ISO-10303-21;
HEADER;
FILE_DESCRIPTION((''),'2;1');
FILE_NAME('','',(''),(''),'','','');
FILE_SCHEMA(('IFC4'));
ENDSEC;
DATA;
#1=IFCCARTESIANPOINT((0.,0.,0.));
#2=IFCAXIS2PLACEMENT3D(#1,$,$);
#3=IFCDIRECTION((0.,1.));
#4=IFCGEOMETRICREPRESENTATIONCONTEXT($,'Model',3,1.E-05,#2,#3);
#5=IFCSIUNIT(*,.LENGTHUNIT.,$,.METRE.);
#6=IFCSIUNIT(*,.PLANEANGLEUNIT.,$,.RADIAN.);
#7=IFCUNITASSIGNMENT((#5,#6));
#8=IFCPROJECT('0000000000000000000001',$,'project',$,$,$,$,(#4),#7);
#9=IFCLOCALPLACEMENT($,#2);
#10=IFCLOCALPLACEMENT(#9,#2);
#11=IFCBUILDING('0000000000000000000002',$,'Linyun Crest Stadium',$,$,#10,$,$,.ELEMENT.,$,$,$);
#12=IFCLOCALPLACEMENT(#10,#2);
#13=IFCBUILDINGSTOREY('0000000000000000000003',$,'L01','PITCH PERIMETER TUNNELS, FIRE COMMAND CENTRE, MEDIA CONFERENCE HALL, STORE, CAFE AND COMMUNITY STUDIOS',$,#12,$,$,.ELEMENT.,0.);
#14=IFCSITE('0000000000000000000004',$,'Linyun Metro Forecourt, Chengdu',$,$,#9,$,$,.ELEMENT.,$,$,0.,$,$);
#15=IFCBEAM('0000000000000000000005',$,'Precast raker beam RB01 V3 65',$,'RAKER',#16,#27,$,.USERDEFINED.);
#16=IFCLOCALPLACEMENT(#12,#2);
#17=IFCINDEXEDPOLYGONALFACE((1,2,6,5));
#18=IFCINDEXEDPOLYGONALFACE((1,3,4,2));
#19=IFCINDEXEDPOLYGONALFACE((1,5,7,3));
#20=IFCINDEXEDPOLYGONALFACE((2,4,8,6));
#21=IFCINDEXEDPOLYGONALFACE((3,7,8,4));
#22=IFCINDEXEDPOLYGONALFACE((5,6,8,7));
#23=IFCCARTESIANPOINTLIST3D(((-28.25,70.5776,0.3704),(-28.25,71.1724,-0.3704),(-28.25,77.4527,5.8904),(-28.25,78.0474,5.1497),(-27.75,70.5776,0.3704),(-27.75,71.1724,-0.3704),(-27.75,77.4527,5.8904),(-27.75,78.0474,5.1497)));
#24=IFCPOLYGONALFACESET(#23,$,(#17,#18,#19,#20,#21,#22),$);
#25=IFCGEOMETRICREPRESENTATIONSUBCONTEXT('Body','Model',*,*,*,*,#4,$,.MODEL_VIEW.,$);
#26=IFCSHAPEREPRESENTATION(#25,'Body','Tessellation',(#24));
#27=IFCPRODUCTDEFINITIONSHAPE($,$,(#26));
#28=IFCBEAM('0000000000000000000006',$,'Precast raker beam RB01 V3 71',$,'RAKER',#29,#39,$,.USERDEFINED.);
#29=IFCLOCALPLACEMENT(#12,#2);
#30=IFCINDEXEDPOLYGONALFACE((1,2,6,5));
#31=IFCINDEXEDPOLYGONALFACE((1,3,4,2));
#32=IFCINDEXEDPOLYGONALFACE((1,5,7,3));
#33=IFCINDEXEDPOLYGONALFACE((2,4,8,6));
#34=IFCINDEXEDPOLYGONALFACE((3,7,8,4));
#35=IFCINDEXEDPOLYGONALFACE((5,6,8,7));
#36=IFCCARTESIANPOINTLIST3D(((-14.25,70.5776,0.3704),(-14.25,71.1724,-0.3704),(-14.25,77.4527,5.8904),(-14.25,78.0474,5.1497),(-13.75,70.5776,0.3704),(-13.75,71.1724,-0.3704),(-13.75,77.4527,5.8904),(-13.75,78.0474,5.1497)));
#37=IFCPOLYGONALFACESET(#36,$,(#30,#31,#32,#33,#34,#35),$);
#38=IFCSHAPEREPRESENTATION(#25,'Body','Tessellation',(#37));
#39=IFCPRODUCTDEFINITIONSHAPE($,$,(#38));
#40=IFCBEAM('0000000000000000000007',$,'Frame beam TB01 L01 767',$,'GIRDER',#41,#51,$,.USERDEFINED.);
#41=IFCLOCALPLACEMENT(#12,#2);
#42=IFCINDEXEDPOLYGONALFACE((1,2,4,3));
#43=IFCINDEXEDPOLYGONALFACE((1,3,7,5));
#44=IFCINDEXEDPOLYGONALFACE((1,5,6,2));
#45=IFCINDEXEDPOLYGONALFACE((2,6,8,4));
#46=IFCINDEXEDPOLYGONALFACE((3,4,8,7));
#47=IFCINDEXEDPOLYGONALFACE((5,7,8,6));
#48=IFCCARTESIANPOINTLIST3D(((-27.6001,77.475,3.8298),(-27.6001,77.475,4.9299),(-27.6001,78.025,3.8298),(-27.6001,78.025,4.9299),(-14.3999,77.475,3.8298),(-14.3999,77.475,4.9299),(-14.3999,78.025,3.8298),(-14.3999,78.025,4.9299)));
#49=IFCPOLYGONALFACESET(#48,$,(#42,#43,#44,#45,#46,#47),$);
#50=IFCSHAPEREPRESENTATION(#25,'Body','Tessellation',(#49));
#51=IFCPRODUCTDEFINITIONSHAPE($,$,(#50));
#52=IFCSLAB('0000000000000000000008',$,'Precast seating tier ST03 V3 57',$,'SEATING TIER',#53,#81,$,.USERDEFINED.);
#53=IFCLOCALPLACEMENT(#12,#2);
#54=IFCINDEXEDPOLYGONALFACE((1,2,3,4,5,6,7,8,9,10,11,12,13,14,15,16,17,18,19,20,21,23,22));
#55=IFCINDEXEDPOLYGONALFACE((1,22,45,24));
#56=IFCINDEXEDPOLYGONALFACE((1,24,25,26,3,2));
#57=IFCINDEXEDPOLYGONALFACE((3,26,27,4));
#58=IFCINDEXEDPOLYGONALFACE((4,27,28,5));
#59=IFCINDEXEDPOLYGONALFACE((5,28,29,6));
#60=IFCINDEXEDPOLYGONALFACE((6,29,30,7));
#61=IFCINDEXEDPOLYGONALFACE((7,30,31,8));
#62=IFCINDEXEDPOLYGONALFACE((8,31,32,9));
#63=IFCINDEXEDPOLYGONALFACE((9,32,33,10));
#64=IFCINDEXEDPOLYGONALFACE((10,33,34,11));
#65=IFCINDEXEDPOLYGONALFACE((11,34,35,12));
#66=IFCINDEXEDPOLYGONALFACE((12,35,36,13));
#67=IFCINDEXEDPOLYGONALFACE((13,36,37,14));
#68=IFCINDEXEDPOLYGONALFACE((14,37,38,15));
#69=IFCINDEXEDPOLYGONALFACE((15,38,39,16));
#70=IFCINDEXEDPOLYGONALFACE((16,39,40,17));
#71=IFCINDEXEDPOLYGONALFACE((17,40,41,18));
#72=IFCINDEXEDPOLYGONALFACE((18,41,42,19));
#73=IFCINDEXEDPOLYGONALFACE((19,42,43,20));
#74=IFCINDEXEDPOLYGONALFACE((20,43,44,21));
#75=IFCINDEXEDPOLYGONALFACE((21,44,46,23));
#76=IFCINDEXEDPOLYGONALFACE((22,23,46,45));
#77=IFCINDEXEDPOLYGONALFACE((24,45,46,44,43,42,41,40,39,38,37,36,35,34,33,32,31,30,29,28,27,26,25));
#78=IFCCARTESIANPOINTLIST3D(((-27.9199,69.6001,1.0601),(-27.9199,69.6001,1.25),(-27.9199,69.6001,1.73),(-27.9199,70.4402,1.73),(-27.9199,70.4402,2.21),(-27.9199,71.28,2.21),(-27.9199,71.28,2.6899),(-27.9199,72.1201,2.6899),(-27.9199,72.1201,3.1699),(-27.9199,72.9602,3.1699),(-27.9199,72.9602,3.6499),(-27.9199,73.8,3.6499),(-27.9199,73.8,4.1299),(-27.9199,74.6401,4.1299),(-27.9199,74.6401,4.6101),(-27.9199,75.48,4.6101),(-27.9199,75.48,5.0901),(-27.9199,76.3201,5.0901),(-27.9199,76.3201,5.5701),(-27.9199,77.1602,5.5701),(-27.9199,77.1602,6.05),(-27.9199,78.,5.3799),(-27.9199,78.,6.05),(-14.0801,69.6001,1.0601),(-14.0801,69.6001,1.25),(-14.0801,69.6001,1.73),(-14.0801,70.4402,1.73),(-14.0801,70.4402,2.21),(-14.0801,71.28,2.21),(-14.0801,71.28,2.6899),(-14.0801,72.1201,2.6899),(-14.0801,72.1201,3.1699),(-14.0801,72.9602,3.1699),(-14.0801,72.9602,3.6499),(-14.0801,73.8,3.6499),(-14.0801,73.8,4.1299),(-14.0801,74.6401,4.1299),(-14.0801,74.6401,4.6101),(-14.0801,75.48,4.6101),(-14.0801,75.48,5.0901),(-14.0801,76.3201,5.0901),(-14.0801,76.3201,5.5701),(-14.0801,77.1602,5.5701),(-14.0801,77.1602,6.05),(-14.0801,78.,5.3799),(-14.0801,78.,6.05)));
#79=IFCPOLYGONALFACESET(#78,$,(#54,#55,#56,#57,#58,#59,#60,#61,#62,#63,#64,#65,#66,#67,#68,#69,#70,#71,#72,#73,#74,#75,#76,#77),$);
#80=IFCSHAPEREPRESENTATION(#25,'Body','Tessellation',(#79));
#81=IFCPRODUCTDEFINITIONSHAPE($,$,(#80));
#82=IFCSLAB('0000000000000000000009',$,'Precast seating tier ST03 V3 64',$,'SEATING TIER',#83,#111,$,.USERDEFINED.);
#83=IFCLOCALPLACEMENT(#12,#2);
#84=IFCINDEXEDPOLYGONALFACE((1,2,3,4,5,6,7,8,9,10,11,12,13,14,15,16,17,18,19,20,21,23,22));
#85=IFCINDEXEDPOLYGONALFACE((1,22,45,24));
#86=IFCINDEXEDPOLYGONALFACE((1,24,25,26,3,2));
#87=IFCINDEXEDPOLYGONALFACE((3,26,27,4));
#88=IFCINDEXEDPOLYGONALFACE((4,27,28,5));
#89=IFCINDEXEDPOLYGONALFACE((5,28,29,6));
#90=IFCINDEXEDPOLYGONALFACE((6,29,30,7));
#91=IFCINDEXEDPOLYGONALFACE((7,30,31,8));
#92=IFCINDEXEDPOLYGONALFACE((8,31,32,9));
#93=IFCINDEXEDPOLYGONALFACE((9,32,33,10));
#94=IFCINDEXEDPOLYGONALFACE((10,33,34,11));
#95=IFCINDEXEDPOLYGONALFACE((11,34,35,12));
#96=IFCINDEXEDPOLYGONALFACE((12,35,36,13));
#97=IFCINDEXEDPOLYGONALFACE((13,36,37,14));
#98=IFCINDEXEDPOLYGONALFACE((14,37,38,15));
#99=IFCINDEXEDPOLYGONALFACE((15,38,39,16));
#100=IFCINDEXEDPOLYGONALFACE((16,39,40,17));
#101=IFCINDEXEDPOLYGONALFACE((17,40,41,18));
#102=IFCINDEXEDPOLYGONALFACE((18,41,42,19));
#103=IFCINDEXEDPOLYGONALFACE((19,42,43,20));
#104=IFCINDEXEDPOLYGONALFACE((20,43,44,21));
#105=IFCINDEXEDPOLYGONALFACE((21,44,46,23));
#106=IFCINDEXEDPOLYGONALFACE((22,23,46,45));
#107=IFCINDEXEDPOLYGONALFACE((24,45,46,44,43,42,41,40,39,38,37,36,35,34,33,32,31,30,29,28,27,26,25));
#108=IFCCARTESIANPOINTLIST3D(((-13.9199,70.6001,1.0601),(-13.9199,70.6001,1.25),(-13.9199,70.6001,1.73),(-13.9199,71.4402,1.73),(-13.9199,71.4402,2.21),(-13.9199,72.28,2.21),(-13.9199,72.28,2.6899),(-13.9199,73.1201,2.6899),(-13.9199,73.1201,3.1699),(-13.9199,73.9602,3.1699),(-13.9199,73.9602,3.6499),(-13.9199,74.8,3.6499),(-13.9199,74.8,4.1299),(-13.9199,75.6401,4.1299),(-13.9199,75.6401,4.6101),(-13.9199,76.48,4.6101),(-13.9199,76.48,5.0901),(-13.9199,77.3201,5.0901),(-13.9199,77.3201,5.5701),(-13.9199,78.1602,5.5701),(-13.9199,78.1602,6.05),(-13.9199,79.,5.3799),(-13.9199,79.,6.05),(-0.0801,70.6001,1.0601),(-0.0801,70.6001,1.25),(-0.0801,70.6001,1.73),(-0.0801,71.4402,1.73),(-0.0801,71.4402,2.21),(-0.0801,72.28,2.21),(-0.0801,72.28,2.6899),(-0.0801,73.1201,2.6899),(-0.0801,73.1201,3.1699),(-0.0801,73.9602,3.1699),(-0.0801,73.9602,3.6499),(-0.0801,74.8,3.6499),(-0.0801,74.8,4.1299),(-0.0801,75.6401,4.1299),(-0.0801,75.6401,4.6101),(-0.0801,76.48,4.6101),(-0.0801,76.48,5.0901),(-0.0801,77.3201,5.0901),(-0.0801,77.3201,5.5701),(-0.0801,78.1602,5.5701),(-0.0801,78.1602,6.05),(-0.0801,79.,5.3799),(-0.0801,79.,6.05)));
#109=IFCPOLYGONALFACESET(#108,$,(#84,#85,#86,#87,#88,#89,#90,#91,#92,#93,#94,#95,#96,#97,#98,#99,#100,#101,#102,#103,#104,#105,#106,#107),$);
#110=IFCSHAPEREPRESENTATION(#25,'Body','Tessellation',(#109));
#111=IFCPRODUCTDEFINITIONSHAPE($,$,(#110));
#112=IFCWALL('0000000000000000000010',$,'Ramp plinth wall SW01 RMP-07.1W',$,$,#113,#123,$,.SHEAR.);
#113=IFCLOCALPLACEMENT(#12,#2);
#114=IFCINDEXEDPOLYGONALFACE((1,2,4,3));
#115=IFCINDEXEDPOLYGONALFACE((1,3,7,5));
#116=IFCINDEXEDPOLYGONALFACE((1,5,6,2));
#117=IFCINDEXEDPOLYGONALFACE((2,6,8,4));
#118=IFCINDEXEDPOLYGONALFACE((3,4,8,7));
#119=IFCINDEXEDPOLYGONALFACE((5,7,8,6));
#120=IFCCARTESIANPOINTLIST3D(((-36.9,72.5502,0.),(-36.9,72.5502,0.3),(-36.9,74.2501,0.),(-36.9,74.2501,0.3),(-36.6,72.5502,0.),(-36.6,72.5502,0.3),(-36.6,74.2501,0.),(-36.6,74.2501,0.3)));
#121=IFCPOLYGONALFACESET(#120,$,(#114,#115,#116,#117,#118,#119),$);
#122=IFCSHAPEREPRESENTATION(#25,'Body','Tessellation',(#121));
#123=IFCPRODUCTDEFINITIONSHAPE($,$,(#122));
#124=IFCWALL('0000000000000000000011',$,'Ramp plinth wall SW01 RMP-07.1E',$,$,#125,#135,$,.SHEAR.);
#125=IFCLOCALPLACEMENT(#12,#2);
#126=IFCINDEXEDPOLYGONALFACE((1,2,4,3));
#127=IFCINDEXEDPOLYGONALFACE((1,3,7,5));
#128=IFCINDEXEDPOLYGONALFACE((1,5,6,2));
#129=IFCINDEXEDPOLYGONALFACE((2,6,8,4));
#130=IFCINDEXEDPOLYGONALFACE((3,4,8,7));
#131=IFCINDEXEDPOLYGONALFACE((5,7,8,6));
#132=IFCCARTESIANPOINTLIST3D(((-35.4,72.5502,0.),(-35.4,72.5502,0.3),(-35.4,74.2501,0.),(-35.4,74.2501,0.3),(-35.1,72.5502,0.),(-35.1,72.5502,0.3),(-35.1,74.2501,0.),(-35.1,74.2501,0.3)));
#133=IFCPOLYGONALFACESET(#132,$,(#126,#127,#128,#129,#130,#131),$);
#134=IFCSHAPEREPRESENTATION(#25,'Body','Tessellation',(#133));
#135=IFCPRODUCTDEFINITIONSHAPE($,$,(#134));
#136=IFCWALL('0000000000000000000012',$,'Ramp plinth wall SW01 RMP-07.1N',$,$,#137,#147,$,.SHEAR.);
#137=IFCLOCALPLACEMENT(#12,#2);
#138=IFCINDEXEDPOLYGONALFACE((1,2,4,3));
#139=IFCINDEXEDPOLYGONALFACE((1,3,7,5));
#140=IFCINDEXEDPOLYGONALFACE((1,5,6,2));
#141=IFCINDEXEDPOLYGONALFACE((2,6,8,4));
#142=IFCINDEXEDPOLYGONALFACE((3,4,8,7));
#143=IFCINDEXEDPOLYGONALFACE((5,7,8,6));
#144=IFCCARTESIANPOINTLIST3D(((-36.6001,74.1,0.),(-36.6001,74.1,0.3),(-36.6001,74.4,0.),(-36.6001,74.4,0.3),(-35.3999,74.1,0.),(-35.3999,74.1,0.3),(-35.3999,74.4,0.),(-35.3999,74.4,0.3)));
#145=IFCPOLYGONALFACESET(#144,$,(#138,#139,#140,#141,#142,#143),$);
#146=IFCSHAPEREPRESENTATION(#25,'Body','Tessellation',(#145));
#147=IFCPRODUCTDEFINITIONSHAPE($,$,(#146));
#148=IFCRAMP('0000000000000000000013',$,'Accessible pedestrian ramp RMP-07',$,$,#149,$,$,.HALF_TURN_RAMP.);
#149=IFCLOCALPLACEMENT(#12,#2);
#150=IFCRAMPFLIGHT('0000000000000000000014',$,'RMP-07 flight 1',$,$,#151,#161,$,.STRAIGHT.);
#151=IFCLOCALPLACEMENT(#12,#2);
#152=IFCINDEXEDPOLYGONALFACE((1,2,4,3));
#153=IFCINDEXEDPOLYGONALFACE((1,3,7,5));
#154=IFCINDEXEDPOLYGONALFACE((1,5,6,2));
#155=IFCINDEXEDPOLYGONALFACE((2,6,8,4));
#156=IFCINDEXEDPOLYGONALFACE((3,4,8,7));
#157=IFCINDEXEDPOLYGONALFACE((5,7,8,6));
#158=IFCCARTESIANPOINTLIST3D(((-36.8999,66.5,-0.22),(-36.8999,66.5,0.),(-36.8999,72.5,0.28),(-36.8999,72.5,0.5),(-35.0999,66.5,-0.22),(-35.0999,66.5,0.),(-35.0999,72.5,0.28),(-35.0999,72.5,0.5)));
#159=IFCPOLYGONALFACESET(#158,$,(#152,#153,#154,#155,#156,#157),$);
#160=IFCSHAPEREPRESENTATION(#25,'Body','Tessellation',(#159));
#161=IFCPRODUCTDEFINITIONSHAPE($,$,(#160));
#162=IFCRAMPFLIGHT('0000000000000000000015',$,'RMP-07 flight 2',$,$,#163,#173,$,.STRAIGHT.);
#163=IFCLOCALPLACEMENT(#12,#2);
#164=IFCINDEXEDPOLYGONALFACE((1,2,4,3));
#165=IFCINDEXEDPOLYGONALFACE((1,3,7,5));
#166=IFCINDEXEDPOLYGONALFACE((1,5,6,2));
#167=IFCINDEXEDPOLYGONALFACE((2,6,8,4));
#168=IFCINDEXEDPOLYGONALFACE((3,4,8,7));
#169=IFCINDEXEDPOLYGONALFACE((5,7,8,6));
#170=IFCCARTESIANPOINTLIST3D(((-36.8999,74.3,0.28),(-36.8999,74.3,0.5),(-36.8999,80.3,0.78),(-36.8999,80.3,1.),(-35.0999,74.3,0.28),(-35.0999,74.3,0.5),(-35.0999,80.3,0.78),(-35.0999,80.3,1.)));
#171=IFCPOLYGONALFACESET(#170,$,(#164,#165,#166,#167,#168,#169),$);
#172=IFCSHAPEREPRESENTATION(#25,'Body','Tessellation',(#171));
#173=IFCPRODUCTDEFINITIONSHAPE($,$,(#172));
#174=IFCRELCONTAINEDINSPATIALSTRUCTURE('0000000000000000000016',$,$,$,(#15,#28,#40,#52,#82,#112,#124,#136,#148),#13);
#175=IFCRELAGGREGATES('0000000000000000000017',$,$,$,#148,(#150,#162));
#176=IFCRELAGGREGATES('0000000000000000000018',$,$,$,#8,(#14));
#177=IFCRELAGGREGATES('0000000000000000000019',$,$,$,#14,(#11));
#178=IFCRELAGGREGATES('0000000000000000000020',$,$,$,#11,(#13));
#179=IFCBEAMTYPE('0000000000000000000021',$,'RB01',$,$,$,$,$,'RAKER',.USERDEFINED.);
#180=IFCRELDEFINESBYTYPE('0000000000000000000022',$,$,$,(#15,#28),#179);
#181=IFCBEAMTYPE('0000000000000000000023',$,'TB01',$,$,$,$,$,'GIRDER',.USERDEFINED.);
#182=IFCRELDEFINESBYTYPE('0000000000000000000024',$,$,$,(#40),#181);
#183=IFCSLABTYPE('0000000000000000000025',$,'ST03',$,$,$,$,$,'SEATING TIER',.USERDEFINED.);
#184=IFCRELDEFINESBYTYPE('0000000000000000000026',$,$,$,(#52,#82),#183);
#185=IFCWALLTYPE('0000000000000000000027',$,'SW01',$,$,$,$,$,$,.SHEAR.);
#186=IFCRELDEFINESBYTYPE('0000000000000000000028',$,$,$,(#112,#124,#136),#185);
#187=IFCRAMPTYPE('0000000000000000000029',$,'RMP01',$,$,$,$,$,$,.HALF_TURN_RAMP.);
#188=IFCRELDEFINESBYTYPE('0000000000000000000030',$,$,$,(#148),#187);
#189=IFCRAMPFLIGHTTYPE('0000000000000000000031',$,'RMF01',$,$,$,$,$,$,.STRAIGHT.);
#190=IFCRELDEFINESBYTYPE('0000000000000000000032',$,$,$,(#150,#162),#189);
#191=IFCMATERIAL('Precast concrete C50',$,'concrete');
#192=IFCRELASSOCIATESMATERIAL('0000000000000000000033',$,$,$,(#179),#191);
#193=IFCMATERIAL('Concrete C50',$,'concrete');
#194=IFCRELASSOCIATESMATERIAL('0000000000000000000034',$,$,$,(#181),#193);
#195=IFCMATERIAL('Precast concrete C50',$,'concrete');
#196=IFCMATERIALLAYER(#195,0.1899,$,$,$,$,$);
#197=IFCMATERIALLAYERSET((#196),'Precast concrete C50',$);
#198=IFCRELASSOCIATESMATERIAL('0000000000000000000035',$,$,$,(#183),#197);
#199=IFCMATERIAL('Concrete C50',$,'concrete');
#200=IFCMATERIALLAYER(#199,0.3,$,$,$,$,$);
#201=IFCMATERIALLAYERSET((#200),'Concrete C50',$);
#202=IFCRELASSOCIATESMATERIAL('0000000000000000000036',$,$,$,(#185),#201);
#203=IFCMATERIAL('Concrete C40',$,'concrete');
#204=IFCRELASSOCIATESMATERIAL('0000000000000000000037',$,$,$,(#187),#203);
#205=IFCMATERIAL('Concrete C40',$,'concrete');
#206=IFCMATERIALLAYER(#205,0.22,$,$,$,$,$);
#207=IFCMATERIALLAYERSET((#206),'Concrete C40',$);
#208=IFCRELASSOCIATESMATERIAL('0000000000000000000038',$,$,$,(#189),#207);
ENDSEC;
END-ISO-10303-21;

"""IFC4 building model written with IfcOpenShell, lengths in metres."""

from ifc_helpers import new_model, si_unit, direction, frame, frame_2d, origin, origin_2d, place, context, subcontext, project, spatial, polyline, rectangle, outline, extrude, material, layer, layer_set, material_profile, profile_set, type_object, element, aggregate, save


model = new_model("IFC4")

# Units and contexts
model_context = context("Model", 3, precision=1e-05, world=origin(), true_north=direction((0.0, 1.0)))
body_context = subcontext(model_context, "Body", "Model", "MODEL_VIEW")
ifc_project = project(units=[si_unit("LENGTHUNIT", "METRE"), si_unit("PLANEANGLEUNIT", "RADIAN")], contexts=[model_context])

# Site, building, storey
site_placement = place(None, origin())
site = spatial("IfcSite", under=ifc_project, at=site_placement, Name="Linyun Metro Forecourt, Chengdu", CompositionType="ELEMENT", RefElevation=0.0)
building_placement = place(site_placement, origin())
building = spatial("IfcBuilding", under=site, at=building_placement, Name="Linyun Crest Stadium", CompositionType="ELEMENT")
storey_placement = place(building_placement, origin())
storey = spatial("IfcBuildingStorey", under=building, at=storey_placement, Name="L01", Description="PITCH PERIMETER TUNNELS, FIRE COMMAND CENTRE, MEDIA CONFERENCE HALL, STORE, CAFE AND COMMUNITY STUDIOS", CompositionType="ELEMENT", Elevation=0.0)

# Beams
ifc_material_1 = material(Name="Precast concrete C50", Category="concrete")
ifc_material_profile_1 = material_profile(ifc_material_1, rectangle(XDim=0.5, YDim=0.95, at=origin_2d()), Name="PCR 950x500")
ifc_profile_set_1 = profile_set([ifc_material_profile_1], Name="Precast concrete C50")
beam_type_1 = type_object("IfcBeamType", Name="RB01", ElementType="RAKER", PredefinedType="USERDEFINED", material=ifc_profile_set_1)
for number, where, z_axis, x_axis, name in (
    (1, (-28.0, 70.875, 0.0), (0.0, 0.77976, 0.626079), (-1.0, 0.0, 0.0), "Precast raker beam RB01 V3 65"),
    (2, (-14.0, 70.875, 0.0), (0.0, 0.77976, 0.626079), (-1.0, 0.0, 0.0), "Precast raker beam RB01 V3 71"),
):
    element("IfcBeam", number, at=place(storey_placement, frame(where, z_axis=z_axis, x_axis=x_axis)), inside=storey, type_object=beam_type_1, Name=name, ObjectType="RAKER", PredefinedType="USERDEFINED", context=body_context, shape_type="SweptSolid", body=[
        extrude(rectangle(XDim=0.5, YDim=0.95, at=origin_2d()), origin(), (0.0, 0.0, 1.0), 8.8169),
    ])
ifc_material_2 = material(Name="Concrete C50", Category="concrete")
ifc_material_profile_2 = material_profile(ifc_material_2, rectangle(XDim=0.55, YDim=1.1001, at=origin_2d()), Name="RCB 1100x550")
ifc_profile_set_2 = profile_set([ifc_material_profile_2], Name="Concrete C50")
beam_type_2 = type_object("IfcBeamType", Name="TB01", ElementType="GIRDER", PredefinedType="USERDEFINED", material=ifc_profile_set_2)
beam_placement = place(storey_placement, frame((-27.6001, 77.75, 4.3799), z_axis=(1.0, 0.0, 0.0), x_axis=(0.0, 1.0, 0.0)))
element("IfcBeam", 3, at=beam_placement, inside=storey, type_object=beam_type_2, Name="Frame beam TB01 L01 767", ObjectType="GIRDER", PredefinedType="USERDEFINED", context=body_context, shape_type="SweptSolid", body=[
    extrude(rectangle(XDim=0.55, YDim=1.1001, at=origin_2d()), origin(), (0.0, 0.0, 1.0), 13.2002),
])

# Slabs
ifc_material_3 = material(Name="Precast concrete C50", Category="concrete")
ifc_layer_1 = layer(ifc_material_3, 0.1899)
ifc_layer_set_1 = layer_set([ifc_layer_1], Name="Precast concrete C50")
slab_type = type_object("IfcSlabType", Name="ST03", ElementType="SEATING TIER", PredefinedType="USERDEFINED", material=ifc_layer_set_1)
for number, where, z_axis, x_axis, name in (
    (4, (-27.9199, 69.6001, 1.25), (0.0, 0.0, 1.0), (0.0, 1.0, 0.0), "Precast seating tier ST03 V3 57"),
    (5, (-13.9199, 70.6001, 1.25), (0.0, 0.0, 1.0), (0.0, 1.0, 0.0), "Precast seating tier ST03 V3 64"),
):
    element("IfcSlab", number, at=place(storey_placement, frame(where, z_axis=z_axis, x_axis=x_axis)), inside=storey, type_object=slab_type, Name=name, ObjectType="SEATING TIER", PredefinedType="USERDEFINED", context=body_context, shape_type="SweptSolid", body=[
        extrude(outline(polyline([(0.0, 0.0), (0.0, 0.48), (0.8401, 0.48), (0.8401, 0.96), (1.6799, 0.96), (1.6799, 1.4399), (2.52, 1.4399), (2.52, 1.9199), (3.3601, 1.9199), (3.3601, 2.3999), (4.2, 2.3999), (4.2, 2.8799), (5.04, 2.8799), (5.04, 3.3601), (5.8799, 3.3601), (5.8799, 3.8401), (6.72, 3.8401), (6.72, 4.3201), (7.5601, 4.3201), (7.5601, 4.8), (8.3999, 4.8), (8.3999, 4.1299), (0.0, -0.1899), (0.0, 0.0)])), frame((0.0, 0.0, 0.0), z_axis=(0.0, -1.0, 0.0), x_axis=(1.0, 0.0, 0.0)), (0.0, 0.0, 1.0), 13.8398),
    ])

# Walls
ifc_material_4 = material(Name="Concrete C50", Category="concrete")
ifc_layer_2 = layer(ifc_material_4, 0.3)
ifc_layer_set_2 = layer_set([ifc_layer_2], Name="Concrete C50")
wall_type = type_object("IfcWallType", Name="SW01", PredefinedType="SHEAR", material=ifc_layer_set_2)
for number, where, z_axis, x_axis, name in (
    (6, (-36.75, 72.55, 0.0), (0.0, 0.0, 1.0), (0.0, 1.0, 0.0), "Ramp plinth wall SW01 RMP-07.1W"),
    (7, (-35.25, 72.55, 0.0), (0.0, 0.0, 1.0), (0.0, 1.0, 0.0), "Ramp plinth wall SW01 RMP-07.1E"),
):
    element("IfcWall", number, at=place(storey_placement, frame(where, z_axis=z_axis, x_axis=x_axis)), inside=storey, type_object=wall_type, Name=name, PredefinedType="SHEAR", context=body_context, shape_type="SweptSolid", body=[
        extrude(rectangle(XDim=1.7, YDim=0.3, at=frame_2d((0.8501, 0.0))), origin(), (0.0, 0.0, 1.0), 0.3),
    ])
wall_placement = place(storey_placement, frame((-36.6001, 74.25, 0.0), z_axis=(0.0, 0.0, 1.0), x_axis=(1.0, 0.0, 0.0)))
element("IfcWall", 8, at=wall_placement, inside=storey, type_object=wall_type, Name="Ramp plinth wall SW01 RMP-07.1N", PredefinedType="SHEAR", context=body_context, shape_type="SweptSolid", body=[
    extrude(rectangle(XDim=1.2002, YDim=0.3, at=frame_2d((0.6001, 0.0))), origin(), (0.0, 0.0, 1.0), 0.3),
])

# Ramp, ramp flights
ifc_material_5 = material(Name="Concrete C40", Category="concrete")
ramp_type = type_object("IfcRampType", Name="RMP01", PredefinedType="HALF_TURN_RAMP", material=ifc_material_5)
ramp_placement = place(storey_placement, origin())
ramp = element("IfcRamp", 9, at=ramp_placement, inside=storey, type_object=ramp_type, Name="Accessible pedestrian ramp RMP-07", PredefinedType="HALF_TURN_RAMP")
ifc_material_6 = material(Name="Concrete C40", Category="concrete")
ifc_layer_3 = layer(ifc_material_6, 0.22)
ifc_layer_set_3 = layer_set([ifc_layer_3], Name="Concrete C40")
ramp_flight_type = type_object("IfcRampFlightType", Name="RMF01", PredefinedType="STRAIGHT", material=ifc_layer_set_3)
ramp_flight_1_placement = place(storey_placement, frame((-36.0, 66.5, 0.0), z_axis=(0.0, 0.0, 1.0), x_axis=(0.0, 1.0, 0.0)))
ramp_flight_1 = element("IfcRampFlight", 10, at=ramp_flight_1_placement, type_object=ramp_flight_type, Name="RMP-07 flight 1", PredefinedType="STRAIGHT", context=body_context, shape_type="SweptSolid", body=[
    extrude(outline(polyline([(0.0, 0.0), (6.0, 0.5), (6.0, 0.28), (0.0, -0.22), (0.0, 0.0)])), frame((0.0, 0.8999, 0.0), z_axis=(0.0, -1.0, 0.0), x_axis=(1.0, 0.0, 0.0)), (0.0, 0.0, 1.0), 1.8),
])
ramp_flight_2_placement = place(storey_placement, frame((-36.0, 74.3, 0.5), z_axis=(0.0, 0.0, 1.0), x_axis=(0.0, 1.0, 0.0)))
ramp_flight_2 = element("IfcRampFlight", 11, at=ramp_flight_2_placement, type_object=ramp_flight_type, Name="RMP-07 flight 2", PredefinedType="STRAIGHT", context=body_context, shape_type="SweptSolid", body=[
    extrude(outline(polyline([(0.0, 0.0), (6.0, 0.5), (6.0, 0.28), (0.0, -0.22), (0.0, 0.0)])), frame((0.0, 0.8999, 0.0), z_axis=(0.0, -1.0, 0.0), x_axis=(1.0, 0.0, 0.0)), (0.0, 0.0, 1.0), 1.8),
])
aggregate(ramp, [ramp_flight_1, ramp_flight_2])

save(model, "model.ifc")
